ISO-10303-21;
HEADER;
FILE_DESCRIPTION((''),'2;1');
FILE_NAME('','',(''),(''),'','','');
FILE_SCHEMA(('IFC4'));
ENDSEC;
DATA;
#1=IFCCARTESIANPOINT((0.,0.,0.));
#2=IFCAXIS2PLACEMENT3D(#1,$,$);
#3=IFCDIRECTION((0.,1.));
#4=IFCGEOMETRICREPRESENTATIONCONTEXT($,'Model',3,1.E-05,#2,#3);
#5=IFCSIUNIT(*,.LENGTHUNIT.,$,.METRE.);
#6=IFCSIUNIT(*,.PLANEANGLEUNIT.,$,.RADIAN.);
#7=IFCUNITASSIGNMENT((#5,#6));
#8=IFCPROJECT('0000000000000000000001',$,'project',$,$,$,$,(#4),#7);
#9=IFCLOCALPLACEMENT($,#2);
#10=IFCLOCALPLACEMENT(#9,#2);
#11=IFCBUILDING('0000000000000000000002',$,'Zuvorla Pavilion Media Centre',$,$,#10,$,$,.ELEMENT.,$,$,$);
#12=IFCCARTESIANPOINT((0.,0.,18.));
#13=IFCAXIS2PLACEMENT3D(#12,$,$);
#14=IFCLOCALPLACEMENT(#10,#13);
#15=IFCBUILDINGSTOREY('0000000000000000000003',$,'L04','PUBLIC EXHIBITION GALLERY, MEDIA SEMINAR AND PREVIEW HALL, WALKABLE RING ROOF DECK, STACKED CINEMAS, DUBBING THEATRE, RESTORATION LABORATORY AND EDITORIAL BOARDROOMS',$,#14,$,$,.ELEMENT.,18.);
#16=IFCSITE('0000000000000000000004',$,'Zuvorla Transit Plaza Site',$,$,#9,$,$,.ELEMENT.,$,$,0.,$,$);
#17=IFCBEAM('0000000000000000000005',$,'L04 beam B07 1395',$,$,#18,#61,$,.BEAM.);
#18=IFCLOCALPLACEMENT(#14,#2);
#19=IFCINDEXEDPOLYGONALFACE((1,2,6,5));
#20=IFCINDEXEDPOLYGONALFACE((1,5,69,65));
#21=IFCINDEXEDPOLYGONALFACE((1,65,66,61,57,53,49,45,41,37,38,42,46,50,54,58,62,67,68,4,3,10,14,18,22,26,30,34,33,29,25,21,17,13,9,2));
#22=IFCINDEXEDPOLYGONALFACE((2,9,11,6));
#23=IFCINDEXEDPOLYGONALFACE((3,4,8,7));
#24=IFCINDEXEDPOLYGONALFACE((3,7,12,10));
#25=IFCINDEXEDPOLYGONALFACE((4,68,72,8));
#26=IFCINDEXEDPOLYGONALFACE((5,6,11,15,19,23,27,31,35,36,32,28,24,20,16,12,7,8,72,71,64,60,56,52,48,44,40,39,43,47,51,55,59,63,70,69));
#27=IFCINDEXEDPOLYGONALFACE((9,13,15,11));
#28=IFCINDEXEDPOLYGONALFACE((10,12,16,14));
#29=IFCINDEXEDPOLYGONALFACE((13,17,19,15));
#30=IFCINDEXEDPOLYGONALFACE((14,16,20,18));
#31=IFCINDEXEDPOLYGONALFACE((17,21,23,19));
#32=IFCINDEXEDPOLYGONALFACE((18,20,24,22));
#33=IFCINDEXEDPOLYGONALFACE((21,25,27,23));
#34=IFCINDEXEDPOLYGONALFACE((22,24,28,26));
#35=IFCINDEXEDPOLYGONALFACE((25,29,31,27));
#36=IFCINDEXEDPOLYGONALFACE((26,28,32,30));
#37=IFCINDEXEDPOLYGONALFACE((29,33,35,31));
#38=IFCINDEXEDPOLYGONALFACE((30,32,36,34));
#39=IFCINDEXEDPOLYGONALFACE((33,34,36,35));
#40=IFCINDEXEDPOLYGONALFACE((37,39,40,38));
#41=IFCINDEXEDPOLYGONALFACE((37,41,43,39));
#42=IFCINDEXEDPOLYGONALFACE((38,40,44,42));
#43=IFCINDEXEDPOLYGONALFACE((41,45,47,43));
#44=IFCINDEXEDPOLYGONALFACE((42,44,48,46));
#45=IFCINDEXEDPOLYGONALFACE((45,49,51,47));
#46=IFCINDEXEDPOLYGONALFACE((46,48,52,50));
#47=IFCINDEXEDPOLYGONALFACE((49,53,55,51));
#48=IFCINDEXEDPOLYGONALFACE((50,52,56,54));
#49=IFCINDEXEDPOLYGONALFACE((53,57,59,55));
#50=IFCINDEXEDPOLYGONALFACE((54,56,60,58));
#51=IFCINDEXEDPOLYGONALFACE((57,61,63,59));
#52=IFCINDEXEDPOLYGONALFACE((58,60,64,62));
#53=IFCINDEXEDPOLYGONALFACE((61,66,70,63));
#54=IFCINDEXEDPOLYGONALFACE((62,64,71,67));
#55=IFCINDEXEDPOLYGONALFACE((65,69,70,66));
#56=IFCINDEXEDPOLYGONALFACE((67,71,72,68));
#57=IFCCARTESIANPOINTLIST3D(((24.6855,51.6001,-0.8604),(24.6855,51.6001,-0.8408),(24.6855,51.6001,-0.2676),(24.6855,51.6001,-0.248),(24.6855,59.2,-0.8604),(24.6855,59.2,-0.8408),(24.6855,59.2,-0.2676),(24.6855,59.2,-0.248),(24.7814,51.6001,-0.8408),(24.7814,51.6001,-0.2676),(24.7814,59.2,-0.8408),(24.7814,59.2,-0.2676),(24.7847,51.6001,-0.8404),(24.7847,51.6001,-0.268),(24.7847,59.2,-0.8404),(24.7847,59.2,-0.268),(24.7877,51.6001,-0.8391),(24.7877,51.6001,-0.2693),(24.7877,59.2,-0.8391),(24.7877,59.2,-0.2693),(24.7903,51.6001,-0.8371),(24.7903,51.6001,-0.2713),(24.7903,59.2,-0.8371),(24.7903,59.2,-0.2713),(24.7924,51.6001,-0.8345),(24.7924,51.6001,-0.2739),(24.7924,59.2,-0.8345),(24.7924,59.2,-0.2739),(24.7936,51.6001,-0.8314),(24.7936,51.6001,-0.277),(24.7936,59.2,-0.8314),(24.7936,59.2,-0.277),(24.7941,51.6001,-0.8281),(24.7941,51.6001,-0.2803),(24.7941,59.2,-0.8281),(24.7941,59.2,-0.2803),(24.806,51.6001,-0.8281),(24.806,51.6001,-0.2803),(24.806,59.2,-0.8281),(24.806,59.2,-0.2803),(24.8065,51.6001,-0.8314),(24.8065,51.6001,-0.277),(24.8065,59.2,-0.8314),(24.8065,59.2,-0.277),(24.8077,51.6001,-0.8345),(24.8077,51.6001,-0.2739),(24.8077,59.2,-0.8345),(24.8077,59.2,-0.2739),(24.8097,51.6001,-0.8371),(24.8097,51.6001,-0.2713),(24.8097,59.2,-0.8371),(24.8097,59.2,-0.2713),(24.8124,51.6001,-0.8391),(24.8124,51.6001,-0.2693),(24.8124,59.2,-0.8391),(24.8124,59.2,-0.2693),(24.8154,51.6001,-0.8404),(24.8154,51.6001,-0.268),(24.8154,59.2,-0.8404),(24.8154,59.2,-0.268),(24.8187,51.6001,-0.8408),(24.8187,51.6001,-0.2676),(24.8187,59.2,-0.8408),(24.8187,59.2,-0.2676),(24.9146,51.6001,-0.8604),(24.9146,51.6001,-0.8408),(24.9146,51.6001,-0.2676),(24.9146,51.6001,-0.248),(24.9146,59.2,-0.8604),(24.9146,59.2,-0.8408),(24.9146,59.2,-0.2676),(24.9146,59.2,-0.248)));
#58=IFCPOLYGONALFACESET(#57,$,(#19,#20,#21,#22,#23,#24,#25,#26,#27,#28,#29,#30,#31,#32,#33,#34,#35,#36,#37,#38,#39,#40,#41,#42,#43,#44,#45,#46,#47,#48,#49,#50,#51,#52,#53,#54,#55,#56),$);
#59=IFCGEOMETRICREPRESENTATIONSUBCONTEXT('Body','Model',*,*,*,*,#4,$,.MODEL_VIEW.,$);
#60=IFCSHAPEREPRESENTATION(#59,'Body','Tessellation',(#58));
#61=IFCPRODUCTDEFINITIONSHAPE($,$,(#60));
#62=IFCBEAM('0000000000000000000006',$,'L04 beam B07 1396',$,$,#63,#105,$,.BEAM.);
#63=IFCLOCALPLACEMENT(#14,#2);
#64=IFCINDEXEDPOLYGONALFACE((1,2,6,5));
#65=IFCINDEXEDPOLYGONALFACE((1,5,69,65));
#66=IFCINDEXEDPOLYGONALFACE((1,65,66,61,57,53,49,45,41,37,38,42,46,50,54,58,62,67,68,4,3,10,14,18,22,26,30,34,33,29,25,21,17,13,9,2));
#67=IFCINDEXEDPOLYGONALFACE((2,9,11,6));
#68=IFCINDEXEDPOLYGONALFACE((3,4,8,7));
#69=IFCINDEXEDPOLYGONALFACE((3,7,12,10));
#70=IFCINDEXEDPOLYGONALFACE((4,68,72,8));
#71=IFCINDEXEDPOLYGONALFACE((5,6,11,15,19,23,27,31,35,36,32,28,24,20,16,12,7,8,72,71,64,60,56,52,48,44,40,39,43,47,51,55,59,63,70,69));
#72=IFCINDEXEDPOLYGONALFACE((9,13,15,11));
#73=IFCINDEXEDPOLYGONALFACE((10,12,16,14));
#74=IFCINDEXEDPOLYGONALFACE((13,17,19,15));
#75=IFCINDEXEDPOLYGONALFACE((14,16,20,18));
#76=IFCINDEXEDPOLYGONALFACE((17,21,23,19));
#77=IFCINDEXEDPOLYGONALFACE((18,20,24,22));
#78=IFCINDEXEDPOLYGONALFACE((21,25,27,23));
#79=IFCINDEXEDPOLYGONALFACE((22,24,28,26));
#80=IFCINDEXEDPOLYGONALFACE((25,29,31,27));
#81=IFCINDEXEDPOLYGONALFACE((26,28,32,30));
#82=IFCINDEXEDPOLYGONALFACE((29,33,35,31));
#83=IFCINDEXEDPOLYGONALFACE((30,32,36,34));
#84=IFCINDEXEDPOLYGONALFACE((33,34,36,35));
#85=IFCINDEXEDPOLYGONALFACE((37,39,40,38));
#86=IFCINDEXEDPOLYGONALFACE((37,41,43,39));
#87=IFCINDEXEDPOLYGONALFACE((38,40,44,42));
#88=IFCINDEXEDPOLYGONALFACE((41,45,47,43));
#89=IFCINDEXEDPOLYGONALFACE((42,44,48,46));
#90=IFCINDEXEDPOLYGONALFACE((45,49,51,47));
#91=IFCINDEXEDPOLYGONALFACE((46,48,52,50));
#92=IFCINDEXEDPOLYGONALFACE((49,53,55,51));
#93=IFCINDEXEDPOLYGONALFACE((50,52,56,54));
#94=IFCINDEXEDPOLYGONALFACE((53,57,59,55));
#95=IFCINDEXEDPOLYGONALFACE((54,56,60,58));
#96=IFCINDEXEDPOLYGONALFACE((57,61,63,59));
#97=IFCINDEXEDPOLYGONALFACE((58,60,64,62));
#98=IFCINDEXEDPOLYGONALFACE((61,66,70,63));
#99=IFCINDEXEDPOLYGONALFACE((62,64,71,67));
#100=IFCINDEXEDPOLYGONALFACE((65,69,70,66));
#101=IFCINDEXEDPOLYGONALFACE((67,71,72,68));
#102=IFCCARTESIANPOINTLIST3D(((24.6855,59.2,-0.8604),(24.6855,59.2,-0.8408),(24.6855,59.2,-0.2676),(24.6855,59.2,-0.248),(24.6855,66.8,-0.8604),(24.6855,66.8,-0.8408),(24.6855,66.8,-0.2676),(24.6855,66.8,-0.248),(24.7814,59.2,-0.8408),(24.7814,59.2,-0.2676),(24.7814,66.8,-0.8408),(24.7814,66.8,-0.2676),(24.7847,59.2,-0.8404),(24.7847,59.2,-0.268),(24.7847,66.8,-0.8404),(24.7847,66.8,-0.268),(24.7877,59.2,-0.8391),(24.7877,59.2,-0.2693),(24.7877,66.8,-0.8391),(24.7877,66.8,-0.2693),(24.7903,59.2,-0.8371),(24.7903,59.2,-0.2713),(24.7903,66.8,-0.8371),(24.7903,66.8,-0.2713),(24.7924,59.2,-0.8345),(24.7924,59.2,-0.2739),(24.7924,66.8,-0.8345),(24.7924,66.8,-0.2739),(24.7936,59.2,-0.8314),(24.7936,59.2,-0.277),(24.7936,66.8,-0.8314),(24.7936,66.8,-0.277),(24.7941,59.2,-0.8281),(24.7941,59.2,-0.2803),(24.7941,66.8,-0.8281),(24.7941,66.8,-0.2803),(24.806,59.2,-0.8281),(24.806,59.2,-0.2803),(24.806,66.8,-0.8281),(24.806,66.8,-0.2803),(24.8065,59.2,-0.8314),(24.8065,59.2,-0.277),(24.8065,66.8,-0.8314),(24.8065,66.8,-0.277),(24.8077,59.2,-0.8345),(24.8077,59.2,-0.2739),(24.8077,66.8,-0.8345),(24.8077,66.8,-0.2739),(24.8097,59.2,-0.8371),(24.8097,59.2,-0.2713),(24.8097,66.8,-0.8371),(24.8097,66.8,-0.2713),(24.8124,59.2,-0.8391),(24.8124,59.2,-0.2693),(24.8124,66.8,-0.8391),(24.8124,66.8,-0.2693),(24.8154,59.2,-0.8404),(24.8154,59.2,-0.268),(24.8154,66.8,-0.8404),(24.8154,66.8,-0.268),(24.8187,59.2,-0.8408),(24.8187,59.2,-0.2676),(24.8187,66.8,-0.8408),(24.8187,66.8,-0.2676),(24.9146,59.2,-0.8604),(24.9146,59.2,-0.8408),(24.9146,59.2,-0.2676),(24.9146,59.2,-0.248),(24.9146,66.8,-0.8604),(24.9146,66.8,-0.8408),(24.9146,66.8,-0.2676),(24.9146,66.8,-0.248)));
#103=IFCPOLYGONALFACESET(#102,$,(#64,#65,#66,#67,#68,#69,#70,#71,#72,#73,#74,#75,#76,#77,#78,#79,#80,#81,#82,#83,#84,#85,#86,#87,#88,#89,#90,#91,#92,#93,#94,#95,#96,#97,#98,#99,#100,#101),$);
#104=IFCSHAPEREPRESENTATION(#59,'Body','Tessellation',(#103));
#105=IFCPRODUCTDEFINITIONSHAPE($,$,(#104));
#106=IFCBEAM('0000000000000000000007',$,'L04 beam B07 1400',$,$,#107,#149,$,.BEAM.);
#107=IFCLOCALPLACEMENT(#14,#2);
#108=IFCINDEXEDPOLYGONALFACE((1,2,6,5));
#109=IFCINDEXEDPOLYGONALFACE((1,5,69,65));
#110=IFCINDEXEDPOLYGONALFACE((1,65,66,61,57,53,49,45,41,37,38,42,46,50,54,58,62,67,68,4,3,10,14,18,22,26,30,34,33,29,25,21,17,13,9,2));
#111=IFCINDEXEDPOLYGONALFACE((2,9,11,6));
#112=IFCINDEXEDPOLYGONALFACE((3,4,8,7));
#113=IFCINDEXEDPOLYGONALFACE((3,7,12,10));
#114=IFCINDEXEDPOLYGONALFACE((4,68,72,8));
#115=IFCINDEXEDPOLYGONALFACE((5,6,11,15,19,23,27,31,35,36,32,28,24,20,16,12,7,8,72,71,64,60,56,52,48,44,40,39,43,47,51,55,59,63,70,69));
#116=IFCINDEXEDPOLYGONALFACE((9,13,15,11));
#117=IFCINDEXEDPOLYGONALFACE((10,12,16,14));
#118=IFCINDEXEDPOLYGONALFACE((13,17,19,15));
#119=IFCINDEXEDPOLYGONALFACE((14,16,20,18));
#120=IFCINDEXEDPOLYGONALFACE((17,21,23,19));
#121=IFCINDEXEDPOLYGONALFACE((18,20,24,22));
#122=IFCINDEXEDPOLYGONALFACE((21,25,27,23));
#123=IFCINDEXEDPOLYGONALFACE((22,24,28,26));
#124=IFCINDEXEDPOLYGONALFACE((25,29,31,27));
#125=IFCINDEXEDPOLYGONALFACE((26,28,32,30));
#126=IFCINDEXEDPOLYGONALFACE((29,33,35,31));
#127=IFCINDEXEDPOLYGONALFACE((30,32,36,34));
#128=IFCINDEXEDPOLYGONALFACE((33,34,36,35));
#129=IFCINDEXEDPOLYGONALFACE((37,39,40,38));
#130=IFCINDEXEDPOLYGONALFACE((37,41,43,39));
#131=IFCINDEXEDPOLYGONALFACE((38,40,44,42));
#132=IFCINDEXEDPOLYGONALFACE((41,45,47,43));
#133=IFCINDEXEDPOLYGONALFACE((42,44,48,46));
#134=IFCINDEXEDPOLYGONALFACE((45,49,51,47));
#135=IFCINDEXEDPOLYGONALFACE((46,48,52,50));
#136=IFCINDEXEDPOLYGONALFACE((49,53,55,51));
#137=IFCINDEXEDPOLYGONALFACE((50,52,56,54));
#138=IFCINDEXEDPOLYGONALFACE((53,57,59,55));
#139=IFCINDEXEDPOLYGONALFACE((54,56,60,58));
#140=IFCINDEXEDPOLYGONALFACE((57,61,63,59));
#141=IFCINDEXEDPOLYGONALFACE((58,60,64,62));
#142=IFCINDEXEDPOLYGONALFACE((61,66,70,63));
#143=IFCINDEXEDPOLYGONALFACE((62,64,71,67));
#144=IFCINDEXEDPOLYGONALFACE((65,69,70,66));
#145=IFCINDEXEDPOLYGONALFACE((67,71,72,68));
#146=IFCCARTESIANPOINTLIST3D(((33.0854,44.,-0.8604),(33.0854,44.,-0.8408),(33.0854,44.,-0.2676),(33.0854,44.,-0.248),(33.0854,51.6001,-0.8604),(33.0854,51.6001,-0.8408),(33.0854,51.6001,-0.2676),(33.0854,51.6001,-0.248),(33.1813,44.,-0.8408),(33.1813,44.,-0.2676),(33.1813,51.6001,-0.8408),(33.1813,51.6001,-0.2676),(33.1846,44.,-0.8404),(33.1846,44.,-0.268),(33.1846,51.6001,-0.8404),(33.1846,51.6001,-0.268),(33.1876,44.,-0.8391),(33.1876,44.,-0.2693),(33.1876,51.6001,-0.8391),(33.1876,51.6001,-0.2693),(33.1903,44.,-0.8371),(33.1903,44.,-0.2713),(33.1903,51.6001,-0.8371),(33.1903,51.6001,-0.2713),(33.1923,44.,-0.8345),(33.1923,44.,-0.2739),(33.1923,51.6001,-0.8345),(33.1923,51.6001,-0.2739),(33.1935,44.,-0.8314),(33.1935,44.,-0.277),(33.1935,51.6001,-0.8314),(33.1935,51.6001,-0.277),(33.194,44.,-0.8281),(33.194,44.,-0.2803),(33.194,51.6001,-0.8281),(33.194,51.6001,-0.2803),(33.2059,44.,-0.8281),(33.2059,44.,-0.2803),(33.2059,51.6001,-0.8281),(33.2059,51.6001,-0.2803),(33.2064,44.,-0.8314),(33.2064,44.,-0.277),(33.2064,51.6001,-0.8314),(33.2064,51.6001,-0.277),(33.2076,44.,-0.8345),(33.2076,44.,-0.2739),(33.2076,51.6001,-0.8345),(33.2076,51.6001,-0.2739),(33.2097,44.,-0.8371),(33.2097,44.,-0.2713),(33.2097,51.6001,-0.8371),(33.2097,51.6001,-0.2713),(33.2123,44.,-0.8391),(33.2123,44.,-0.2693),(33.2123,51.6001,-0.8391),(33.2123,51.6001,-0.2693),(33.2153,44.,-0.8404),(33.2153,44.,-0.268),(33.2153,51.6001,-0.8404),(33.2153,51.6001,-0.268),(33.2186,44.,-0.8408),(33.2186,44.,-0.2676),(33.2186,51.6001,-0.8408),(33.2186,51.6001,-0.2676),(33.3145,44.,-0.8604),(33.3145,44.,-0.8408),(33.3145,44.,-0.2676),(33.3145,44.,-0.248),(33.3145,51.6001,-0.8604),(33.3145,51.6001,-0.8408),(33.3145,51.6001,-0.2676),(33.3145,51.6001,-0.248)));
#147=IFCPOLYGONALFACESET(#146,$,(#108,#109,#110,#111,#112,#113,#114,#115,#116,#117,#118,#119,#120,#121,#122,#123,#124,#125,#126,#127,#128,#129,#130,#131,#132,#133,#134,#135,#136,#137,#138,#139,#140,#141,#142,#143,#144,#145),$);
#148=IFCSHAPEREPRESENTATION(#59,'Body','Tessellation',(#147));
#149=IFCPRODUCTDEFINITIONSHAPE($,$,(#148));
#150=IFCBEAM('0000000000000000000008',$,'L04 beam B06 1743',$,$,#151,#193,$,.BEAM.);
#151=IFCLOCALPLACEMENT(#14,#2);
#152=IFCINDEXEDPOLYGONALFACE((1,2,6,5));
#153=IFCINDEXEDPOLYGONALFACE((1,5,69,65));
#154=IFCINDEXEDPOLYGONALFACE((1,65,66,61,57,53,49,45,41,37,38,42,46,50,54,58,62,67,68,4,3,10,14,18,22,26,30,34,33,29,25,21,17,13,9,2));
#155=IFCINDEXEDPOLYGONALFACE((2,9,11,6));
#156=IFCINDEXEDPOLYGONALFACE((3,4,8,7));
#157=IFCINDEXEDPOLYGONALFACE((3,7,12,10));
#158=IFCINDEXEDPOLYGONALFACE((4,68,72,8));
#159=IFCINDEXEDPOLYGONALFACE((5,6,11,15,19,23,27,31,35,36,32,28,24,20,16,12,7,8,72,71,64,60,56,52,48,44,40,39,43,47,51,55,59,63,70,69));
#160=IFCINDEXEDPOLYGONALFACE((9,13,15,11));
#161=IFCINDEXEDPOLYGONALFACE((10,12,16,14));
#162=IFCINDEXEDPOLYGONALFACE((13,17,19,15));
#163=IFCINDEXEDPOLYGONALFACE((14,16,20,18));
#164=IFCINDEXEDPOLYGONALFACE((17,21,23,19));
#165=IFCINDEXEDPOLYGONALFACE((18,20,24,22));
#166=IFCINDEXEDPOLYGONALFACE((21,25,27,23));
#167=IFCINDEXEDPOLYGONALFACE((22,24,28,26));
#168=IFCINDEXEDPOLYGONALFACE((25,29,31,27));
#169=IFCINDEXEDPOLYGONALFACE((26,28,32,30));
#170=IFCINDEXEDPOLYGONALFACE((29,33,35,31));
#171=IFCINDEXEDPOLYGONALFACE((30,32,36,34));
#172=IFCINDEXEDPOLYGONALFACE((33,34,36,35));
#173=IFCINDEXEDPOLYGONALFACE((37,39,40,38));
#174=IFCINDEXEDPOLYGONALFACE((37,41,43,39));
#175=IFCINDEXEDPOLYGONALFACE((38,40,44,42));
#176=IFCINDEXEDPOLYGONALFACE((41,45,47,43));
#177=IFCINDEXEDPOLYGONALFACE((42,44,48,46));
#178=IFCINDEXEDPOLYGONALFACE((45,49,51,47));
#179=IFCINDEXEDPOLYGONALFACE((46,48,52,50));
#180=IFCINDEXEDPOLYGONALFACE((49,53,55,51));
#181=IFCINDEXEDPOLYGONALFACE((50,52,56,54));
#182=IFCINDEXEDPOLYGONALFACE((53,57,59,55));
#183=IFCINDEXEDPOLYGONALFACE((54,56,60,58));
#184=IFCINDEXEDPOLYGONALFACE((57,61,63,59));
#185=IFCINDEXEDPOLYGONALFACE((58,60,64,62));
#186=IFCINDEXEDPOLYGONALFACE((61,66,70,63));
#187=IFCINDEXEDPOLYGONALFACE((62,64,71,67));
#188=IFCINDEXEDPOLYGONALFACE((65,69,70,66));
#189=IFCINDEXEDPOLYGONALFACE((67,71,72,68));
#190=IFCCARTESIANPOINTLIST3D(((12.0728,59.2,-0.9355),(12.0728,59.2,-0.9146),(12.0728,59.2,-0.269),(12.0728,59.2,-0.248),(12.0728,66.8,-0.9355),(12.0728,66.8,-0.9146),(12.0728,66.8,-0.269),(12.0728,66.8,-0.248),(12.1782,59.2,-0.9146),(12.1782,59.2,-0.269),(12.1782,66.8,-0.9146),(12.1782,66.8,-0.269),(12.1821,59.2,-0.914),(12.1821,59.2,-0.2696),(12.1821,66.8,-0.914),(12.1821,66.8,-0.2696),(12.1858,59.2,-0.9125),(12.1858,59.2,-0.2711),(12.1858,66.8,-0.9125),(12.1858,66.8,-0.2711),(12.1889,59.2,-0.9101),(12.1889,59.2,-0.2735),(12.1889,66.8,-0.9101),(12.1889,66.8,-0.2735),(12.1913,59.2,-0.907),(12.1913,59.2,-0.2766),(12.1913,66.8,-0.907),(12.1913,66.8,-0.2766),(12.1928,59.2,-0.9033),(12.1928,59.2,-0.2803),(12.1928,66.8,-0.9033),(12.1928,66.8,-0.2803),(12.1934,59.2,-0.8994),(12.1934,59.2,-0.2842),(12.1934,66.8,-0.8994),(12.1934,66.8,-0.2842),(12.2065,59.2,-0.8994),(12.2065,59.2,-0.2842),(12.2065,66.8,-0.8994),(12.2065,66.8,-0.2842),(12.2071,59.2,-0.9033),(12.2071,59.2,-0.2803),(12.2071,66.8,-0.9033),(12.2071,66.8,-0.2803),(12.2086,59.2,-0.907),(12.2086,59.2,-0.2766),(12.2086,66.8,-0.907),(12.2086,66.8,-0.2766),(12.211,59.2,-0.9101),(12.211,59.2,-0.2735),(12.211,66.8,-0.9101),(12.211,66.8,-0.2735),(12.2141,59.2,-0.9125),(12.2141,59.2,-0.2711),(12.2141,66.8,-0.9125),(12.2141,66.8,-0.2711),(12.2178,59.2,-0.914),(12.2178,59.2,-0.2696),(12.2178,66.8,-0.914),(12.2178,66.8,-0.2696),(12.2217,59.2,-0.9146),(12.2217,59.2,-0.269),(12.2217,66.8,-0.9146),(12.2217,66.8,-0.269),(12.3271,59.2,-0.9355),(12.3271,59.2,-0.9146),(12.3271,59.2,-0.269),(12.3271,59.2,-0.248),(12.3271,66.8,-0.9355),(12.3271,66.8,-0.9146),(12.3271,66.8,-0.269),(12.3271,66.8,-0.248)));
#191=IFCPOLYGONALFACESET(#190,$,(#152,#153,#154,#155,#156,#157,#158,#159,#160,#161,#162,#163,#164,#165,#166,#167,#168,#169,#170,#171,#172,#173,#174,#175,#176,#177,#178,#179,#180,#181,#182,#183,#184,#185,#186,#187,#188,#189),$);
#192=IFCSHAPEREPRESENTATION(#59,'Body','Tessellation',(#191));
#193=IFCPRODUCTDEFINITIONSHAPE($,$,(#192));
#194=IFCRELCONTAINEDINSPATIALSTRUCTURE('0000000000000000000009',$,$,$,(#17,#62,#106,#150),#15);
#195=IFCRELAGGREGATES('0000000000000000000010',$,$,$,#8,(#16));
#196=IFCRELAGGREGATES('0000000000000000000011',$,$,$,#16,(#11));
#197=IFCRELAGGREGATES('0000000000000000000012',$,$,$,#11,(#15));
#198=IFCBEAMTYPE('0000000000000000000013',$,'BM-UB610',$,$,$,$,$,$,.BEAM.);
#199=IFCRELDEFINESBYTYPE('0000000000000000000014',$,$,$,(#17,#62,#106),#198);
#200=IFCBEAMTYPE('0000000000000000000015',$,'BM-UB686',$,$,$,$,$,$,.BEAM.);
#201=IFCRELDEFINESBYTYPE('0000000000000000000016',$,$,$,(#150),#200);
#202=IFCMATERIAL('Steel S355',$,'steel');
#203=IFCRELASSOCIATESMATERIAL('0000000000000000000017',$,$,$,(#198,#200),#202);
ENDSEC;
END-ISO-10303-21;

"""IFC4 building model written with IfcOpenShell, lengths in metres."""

from ifc_helpers import new_model, si_unit, direction, frame, origin, origin_2d, place, context, subcontext, project, spatial, i_section, extrude, material, material_profile, profile_set, type_object, element, save


model = new_model("IFC4")

# Units and contexts
model_context = context("Model", 3, precision=1e-05, world=origin(), true_north=direction((0.0, 1.0)))
body_context = subcontext(model_context, "Body", "Model", "MODEL_VIEW")
ifc_project = project(units=[si_unit("LENGTHUNIT", "METRE"), si_unit("PLANEANGLEUNIT", "RADIAN")], contexts=[model_context])

# Site, building, storey
site_placement = place(None, origin())
site = spatial("IfcSite", under=ifc_project, at=site_placement, Name="Zuvorla Transit Plaza Site", CompositionType="ELEMENT", RefElevation=0.0)
building_placement = place(site_placement, origin())
building = spatial("IfcBuilding", under=site, at=building_placement, Name="Zuvorla Pavilion Media Centre", CompositionType="ELEMENT")
storey_placement = place(building_placement, frame((0.0, 0.0, 18.0)))
storey = spatial("IfcBuildingStorey", under=building, at=storey_placement, Name="L04", Description="PUBLIC EXHIBITION GALLERY, MEDIA SEMINAR AND PREVIEW HALL, WALKABLE RING ROOF DECK, STACKED CINEMAS, DUBBING THEATRE, RESTORATION LABORATORY AND EDITORIAL BOARDROOMS", CompositionType="ELEMENT", Elevation=18.0)

# Shared definitions
ifc_material_1 = material(Name="Steel S355", Category="steel")

# Beams
ifc_material_profile_1 = material_profile(ifc_material_1, i_section(OverallWidth=0.229, OverallDepth=0.6123, WebThickness=0.012, FlangeThickness=0.0195, FilletRadius=0.0127, at=origin_2d()), Name="UB 610x229x125")
ifc_profile_set_1 = profile_set([ifc_material_profile_1], Name="Steel S355")
beam_type_1 = type_object("IfcBeamType", Name="BM-UB610", PredefinedType="BEAM", material=ifc_profile_set_1)
beam_1_placement = place(storey_placement, frame((24.8, 51.6001, -0.5542), z_axis=(0.0, 1.0, 0.0), x_axis=(-1.0, 0.0, 0.0)))
element("IfcBeam", 1, at=beam_1_placement, inside=storey, type_object=beam_type_1, Name="L04 beam B07 1395", PredefinedType="BEAM", context=body_context, shape_type="SweptSolid", body=[
    extrude(i_section(OverallWidth=0.229, OverallDepth=0.6123, WebThickness=0.012, FlangeThickness=0.0195, FilletRadius=0.0127, at=origin_2d()), origin(), (0.0, 0.0, 1.0), 7.5999),
])
for number, where, z_axis, x_axis, name in (
    (2, (24.8, 59.2, -0.5542), (0.0, 1.0, 0.0), (-1.0, 0.0, 0.0), "L04 beam B07 1396"),
    (3, (33.2, 44.0, -0.5542), (0.0, 1.0, 0.0), (-1.0, 0.0, 0.0), "L04 beam B07 1400"),
):
    element("IfcBeam", number, at=place(storey_placement, frame(where, z_axis=z_axis, x_axis=x_axis)), inside=storey, type_object=beam_type_1, Name=name, PredefinedType="BEAM", context=body_context, shape_type="SweptSolid", body=[
        extrude(i_section(OverallWidth=0.229, OverallDepth=0.6123, WebThickness=0.012, FlangeThickness=0.0195, FilletRadius=0.0127, at=origin_2d()), origin(), (0.0, 0.0, 1.0), 7.6001),
    ])
ifc_material_profile_2 = material_profile(ifc_material_1, i_section(OverallWidth=0.2544, OverallDepth=0.6875, WebThickness=0.0132, FlangeThickness=0.021, FilletRadius=0.0151, at=origin_2d()), Name="UB 686x254x152")
ifc_profile_set_2 = profile_set([ifc_material_profile_2], Name="Steel S355")
beam_type_2 = type_object("IfcBeamType", Name="BM-UB686", PredefinedType="BEAM", material=ifc_profile_set_2)
for number, where, z_axis, x_axis, name in (
    (4, (12.2, 59.2, -0.5918), (0.0, 1.0, 0.0), (-1.0, 0.0, 0.0), "L04 beam B06 1743"),
):
    element("IfcBeam", number, at=place(storey_placement, frame(where, z_axis=z_axis, x_axis=x_axis)), inside=storey, type_object=beam_type_2, Name=name, PredefinedType="BEAM", context=body_context, shape_type="SweptSolid", body=[
        extrude(i_section(OverallWidth=0.2544, OverallDepth=0.6875, WebThickness=0.0132, FlangeThickness=0.021, FilletRadius=0.0151, at=origin_2d()), origin(), (0.0, 0.0, 1.0), 7.6001),
    ])

save(model, "model.ifc")
